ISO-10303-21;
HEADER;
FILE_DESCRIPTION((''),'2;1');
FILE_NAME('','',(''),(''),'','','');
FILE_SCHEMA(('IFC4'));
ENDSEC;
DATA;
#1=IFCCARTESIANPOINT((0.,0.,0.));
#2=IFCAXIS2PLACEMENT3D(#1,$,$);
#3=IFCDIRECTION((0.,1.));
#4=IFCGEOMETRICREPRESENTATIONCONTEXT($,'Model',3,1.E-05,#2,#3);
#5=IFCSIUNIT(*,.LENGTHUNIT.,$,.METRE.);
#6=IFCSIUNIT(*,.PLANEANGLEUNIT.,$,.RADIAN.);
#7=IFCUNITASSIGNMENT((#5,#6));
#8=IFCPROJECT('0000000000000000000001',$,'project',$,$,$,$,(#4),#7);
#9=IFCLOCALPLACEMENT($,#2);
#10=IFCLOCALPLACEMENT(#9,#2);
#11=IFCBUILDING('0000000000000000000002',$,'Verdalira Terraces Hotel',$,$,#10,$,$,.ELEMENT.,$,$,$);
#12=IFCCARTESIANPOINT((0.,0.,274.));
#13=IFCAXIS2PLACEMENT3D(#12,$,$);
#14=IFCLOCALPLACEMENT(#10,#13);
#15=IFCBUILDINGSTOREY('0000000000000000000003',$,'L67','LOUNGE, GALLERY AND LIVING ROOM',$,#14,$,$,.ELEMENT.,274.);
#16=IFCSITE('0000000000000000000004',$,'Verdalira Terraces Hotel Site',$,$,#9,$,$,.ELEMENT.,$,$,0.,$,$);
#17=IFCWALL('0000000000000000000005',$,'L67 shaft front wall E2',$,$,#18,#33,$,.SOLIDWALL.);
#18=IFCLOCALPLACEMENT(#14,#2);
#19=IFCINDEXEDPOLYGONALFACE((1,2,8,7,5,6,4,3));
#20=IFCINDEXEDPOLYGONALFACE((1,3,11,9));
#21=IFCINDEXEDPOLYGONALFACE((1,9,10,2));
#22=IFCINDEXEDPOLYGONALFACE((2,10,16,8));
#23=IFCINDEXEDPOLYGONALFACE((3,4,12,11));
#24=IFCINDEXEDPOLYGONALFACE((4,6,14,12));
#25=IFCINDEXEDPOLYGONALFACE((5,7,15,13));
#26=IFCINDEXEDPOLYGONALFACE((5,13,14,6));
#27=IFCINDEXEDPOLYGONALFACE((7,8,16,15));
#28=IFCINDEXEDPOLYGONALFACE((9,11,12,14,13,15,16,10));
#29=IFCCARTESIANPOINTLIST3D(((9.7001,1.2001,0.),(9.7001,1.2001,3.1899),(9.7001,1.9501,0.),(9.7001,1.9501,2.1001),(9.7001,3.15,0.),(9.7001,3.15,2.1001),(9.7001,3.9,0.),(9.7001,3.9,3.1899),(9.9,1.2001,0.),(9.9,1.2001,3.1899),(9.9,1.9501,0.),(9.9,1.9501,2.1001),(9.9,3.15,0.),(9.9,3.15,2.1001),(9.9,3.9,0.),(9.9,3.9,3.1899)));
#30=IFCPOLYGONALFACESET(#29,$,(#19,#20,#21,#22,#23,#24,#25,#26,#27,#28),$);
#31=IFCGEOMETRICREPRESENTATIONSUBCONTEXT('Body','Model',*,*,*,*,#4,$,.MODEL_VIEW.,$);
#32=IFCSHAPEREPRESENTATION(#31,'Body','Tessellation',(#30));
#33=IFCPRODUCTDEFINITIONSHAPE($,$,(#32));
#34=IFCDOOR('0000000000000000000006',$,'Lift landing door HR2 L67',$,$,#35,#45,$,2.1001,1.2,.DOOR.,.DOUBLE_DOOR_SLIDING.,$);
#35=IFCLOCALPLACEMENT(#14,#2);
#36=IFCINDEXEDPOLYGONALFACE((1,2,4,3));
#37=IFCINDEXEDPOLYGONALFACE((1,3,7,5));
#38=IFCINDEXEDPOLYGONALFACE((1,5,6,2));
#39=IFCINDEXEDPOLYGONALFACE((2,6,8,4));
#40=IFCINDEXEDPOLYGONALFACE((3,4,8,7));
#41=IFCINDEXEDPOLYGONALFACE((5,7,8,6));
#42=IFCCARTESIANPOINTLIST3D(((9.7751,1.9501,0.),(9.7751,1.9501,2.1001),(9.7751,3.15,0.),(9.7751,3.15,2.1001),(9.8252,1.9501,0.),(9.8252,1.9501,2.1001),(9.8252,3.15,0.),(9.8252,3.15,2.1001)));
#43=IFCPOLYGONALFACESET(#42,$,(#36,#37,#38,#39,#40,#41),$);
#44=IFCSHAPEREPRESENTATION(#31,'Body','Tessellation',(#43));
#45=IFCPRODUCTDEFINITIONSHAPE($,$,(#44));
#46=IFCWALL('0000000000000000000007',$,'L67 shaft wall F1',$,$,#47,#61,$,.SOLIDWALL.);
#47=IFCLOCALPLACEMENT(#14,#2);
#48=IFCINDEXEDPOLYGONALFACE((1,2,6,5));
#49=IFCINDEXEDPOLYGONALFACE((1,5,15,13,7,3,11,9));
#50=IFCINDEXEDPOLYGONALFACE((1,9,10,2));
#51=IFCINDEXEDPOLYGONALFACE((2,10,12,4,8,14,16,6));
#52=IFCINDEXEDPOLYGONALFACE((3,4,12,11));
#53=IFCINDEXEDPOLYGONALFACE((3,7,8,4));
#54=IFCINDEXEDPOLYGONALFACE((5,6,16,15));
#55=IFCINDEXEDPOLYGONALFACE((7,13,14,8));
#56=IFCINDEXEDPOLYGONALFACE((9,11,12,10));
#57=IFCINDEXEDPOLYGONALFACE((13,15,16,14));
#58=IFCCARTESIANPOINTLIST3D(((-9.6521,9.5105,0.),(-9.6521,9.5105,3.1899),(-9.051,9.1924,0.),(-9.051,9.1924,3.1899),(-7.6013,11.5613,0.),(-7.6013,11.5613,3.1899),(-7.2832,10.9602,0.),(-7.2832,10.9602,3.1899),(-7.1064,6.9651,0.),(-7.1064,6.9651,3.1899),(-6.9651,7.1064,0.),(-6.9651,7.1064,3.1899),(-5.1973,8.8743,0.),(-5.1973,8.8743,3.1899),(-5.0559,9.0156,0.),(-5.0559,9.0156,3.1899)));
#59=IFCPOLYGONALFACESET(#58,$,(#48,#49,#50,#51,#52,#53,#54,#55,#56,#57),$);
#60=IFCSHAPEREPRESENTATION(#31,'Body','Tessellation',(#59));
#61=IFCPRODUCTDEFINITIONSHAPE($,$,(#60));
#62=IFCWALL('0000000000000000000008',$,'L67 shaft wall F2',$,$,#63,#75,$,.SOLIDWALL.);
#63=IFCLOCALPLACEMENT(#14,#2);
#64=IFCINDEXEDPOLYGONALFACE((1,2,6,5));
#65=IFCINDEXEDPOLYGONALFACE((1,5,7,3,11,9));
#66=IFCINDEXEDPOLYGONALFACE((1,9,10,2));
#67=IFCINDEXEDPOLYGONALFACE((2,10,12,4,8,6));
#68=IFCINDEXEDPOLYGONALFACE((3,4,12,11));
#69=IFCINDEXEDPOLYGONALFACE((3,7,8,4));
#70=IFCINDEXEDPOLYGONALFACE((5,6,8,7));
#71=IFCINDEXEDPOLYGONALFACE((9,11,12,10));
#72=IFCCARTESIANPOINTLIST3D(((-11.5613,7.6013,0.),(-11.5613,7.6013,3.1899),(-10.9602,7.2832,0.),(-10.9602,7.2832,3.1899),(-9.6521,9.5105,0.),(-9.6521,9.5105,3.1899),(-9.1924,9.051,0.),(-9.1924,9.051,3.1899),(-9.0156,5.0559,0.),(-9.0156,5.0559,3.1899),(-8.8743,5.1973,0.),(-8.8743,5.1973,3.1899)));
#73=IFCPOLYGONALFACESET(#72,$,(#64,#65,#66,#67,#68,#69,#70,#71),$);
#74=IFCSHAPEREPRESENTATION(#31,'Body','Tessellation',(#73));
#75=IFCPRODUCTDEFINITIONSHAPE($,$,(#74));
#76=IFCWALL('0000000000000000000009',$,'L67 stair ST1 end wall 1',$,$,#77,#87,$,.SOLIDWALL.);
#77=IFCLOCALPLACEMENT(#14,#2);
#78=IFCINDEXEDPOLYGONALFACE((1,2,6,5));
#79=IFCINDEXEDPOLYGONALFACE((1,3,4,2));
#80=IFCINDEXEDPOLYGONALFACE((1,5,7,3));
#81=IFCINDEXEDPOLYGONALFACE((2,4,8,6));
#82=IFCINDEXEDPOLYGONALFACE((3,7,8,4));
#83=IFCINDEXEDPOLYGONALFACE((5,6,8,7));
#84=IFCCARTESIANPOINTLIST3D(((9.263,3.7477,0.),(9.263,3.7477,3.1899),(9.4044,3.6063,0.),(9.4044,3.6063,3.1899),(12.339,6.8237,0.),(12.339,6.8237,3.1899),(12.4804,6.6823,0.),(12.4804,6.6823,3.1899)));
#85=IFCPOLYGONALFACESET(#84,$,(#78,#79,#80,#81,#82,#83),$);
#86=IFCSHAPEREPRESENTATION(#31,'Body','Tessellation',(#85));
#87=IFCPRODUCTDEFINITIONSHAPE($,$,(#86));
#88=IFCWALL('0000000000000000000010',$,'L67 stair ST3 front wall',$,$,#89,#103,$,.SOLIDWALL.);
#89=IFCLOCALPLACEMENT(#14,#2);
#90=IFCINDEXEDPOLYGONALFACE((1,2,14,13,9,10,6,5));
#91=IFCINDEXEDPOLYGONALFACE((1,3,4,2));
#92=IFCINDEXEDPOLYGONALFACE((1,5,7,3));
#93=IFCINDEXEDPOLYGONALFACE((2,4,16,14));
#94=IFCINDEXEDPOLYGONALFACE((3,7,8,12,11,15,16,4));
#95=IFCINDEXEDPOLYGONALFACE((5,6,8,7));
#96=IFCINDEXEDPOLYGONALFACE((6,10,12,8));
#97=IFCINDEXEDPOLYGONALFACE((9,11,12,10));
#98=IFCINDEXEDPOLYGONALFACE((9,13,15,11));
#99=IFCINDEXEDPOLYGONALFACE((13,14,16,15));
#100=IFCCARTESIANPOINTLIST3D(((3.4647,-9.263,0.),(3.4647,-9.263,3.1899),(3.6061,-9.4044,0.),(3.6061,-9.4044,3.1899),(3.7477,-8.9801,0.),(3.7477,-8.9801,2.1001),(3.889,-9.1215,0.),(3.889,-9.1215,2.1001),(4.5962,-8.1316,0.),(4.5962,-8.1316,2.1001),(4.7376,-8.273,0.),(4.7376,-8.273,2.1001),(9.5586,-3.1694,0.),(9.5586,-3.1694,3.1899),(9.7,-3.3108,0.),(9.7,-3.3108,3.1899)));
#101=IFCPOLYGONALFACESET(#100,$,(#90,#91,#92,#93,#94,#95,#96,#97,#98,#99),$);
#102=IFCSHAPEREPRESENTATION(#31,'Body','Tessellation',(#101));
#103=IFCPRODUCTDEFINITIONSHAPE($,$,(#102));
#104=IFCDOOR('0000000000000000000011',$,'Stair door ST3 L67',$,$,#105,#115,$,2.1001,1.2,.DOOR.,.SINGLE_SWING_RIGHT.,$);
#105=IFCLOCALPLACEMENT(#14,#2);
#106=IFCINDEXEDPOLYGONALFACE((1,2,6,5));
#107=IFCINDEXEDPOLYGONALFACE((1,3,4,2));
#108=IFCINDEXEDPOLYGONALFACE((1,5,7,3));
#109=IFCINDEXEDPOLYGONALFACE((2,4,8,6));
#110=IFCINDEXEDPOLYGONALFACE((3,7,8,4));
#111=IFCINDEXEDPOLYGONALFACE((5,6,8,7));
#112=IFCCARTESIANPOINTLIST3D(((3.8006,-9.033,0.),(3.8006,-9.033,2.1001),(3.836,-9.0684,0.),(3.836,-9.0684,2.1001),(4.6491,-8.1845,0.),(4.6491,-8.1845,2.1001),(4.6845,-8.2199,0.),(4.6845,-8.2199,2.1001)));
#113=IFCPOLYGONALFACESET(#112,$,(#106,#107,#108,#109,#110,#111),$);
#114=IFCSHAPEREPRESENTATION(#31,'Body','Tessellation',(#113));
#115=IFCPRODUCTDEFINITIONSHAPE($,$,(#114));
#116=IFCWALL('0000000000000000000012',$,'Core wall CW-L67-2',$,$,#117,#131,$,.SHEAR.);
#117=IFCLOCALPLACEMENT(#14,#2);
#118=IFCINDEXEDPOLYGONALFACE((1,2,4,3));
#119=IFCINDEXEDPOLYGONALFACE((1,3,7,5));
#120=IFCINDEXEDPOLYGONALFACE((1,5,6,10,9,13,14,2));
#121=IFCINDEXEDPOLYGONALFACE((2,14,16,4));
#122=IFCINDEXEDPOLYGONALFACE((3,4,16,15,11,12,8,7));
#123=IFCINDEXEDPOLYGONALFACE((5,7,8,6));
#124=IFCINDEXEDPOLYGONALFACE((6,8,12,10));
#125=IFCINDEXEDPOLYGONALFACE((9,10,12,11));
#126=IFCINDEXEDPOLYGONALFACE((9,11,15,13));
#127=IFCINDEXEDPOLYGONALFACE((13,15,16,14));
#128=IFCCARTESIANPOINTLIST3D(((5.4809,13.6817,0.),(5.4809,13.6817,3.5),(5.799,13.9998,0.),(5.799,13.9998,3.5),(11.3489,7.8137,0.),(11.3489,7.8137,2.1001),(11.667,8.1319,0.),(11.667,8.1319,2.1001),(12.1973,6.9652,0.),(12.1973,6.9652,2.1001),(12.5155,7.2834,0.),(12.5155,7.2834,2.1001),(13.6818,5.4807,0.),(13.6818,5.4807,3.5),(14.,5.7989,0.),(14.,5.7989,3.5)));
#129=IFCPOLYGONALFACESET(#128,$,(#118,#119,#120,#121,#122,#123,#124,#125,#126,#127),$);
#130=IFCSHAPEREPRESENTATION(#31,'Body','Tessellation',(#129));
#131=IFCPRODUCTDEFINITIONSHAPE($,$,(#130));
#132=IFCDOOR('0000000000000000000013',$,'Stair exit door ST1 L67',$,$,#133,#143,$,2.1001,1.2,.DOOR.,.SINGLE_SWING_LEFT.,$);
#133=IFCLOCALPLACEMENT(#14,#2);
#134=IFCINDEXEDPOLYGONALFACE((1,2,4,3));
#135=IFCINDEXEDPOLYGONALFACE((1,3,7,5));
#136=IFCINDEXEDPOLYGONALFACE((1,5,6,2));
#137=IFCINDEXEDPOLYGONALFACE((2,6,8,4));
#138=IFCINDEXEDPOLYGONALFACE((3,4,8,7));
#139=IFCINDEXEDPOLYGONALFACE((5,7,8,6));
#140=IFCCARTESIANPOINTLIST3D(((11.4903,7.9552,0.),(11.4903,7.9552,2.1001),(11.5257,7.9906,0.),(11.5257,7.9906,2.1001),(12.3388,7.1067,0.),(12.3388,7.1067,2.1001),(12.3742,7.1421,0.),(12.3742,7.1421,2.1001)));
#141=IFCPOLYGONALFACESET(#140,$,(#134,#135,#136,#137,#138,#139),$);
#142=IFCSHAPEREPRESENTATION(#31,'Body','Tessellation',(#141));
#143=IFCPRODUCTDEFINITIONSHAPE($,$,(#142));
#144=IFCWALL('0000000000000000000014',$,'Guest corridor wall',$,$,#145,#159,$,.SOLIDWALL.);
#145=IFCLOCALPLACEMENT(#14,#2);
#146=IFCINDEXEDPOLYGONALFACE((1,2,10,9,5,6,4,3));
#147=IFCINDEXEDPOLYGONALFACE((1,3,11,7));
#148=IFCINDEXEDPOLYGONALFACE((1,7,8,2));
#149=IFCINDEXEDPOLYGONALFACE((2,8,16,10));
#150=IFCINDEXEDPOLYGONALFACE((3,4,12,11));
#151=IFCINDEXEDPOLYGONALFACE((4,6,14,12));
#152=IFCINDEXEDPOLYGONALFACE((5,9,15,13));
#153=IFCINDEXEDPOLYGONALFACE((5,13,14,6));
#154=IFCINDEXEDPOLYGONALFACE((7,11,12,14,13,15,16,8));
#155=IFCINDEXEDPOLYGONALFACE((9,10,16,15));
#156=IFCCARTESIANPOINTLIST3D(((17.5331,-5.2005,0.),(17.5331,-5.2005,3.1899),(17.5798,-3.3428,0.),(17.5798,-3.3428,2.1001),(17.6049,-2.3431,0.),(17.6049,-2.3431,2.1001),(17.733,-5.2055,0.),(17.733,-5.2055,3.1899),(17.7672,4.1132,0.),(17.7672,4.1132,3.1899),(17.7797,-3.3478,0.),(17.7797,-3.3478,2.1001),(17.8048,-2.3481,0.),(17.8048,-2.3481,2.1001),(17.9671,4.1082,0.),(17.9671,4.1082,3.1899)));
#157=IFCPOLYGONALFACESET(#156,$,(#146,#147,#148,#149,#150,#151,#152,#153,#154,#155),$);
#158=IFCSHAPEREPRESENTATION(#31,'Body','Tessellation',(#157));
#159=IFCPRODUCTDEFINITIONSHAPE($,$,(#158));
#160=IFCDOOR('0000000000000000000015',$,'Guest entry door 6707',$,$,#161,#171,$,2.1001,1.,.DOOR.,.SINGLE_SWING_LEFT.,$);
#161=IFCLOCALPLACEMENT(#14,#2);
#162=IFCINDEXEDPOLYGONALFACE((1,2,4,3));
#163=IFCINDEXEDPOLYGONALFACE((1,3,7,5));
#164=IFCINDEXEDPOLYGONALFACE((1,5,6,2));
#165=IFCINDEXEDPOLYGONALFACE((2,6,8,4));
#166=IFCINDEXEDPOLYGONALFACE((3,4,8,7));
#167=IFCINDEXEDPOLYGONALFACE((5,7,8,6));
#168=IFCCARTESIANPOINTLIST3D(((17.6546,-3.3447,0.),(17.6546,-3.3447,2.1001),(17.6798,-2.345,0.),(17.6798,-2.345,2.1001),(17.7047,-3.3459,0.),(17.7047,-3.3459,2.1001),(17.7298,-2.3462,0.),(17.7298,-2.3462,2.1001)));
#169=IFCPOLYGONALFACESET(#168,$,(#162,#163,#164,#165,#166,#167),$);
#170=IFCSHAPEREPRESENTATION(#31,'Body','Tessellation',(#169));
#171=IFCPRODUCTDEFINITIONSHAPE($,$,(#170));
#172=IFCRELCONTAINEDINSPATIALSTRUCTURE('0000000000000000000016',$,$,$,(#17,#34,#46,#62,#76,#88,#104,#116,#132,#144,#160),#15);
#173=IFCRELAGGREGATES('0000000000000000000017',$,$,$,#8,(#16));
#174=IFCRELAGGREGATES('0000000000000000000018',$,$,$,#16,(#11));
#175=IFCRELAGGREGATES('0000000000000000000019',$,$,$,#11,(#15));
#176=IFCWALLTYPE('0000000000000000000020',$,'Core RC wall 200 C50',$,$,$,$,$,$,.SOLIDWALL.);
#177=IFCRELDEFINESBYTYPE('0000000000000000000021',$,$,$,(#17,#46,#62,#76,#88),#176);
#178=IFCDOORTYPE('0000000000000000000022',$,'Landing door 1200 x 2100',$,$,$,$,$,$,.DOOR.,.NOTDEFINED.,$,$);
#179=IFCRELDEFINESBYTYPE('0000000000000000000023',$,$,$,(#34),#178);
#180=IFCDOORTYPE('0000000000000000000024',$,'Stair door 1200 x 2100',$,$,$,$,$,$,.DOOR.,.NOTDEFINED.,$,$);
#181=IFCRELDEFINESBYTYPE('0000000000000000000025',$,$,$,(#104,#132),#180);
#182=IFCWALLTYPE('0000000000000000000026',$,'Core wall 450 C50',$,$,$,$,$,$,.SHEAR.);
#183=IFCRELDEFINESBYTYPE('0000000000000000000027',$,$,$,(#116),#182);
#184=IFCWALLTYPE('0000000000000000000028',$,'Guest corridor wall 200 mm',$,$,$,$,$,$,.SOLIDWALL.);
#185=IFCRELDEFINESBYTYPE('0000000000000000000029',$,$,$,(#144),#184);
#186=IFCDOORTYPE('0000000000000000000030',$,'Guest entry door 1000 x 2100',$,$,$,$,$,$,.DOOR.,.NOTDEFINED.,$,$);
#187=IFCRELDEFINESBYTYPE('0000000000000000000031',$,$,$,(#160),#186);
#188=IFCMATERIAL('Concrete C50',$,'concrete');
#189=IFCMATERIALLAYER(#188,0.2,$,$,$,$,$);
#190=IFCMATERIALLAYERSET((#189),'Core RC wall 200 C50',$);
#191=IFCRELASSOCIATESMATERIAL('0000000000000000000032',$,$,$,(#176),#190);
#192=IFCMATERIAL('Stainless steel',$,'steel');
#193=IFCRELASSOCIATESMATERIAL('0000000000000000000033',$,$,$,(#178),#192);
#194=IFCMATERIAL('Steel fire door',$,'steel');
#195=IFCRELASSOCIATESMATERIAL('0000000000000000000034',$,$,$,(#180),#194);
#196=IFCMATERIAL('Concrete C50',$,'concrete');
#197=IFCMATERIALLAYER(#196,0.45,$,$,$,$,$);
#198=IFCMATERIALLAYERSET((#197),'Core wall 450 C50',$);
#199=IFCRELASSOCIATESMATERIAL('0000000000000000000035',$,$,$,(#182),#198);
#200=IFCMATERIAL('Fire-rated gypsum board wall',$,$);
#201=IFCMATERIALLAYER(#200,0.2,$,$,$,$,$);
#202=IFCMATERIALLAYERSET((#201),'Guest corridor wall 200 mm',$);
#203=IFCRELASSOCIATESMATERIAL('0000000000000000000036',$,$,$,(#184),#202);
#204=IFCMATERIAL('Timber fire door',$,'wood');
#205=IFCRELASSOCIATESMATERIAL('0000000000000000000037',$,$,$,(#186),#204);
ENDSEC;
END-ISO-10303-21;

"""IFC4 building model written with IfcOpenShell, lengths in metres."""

from ifc_helpers import new_model, si_unit, direction, frame, frame_2d, origin, place, context, subcontext, project, spatial, polyline, rectangle, outline, extrude, material, layer, layer_set, type_object, element, fill, save


model = new_model("IFC4")

# Units and contexts
model_context = context("Model", 3, precision=1e-05, world=origin(), true_north=direction((0.0, 1.0)))
body_context = subcontext(model_context, "Body", "Model", "MODEL_VIEW")
ifc_project = project(units=[si_unit("LENGTHUNIT", "METRE"), si_unit("PLANEANGLEUNIT", "RADIAN")], contexts=[model_context])

# Site, building, storey
site_placement = place(None, origin())
site = spatial("IfcSite", under=ifc_project, at=site_placement, Name="Verdalira Terraces Hotel Site", CompositionType="ELEMENT", RefElevation=0.0)
building_placement = place(site_placement, origin())
building = spatial("IfcBuilding", under=site, at=building_placement, Name="Verdalira Terraces Hotel", CompositionType="ELEMENT")
storey_placement = place(building_placement, frame((0.0, 0.0, 274.0)))
storey = spatial("IfcBuildingStorey", under=building, at=storey_placement, Name="L67", Description="LOUNGE, GALLERY AND LIVING ROOM", CompositionType="ELEMENT", Elevation=274.0)

# Wall, opening, door
ifc_material_1 = material(Name="Concrete C50", Category="concrete")
ifc_layer_1 = layer(ifc_material_1, 0.2)
ifc_layer_set_1 = layer_set([ifc_layer_1], Name="Core RC wall 200 C50")
wall_type_1 = type_object("IfcWallType", Name="Core RC wall 200 C50", PredefinedType="SOLIDWALL", material=ifc_layer_set_1)
ifc_material_2 = material(Name="Stainless steel", Category="steel")
door_type_1 = type_object("IfcDoorType", Name="Landing door 1200 x 2100", OperationType="NOTDEFINED", PredefinedType="DOOR", material=ifc_material_2)
wall_1_placement = place(storey_placement, frame((9.8, 1.2, 0.0), z_axis=(0.0, 0.0, 1.0), x_axis=(0.0, 1.0, 0.0)))
wall_1 = element("IfcWall", 1, at=wall_1_placement, inside=storey, type_object=wall_type_1, Name="L67 shaft front wall E2", PredefinedType="SOLIDWALL", context=body_context, shape_type="SweptSolid", body=[
    extrude(rectangle(XDim=2.7, YDim=0.2, at=frame_2d((1.3501, 0.0))), origin(), (0.0, 0.0, 1.0), 3.1899),
])
opening_1_placement = place(wall_1_placement, frame((0.75, 0.0, 0.0)))
opening_1 = element("IfcOpeningElement", 2, at=opening_1_placement, cuts=wall_1, PredefinedType="OPENING", context=body_context, shape_type="SweptSolid", body=[
    extrude(rectangle(XDim=1.2, YDim=2.1001, at=frame_2d((0.6001, 1.05))), frame((0.0, 0.1099, 0.0), z_axis=(0.0, -1.0, 0.0), x_axis=(1.0, 0.0, 0.0)), (0.0, 0.0, 1.0), 0.22),
])
door_1_placement = place(opening_1_placement, origin())
door_1 = element("IfcDoor", 3, at=door_1_placement, inside=storey, type_object=door_type_1, Name="Lift landing door HR2 L67", OperationType="DOUBLE_DOOR_SLIDING", OverallHeight=2.1001, OverallWidth=1.2, PredefinedType="DOOR", context=body_context, shape_type="SweptSolid", body=[
    extrude(rectangle(XDim=1.2, YDim=2.1001, at=frame_2d((0.6001, 1.05))), frame((0.0, 0.0249, 0.0), z_axis=(0.0, -1.0, 0.0), x_axis=(1.0, 0.0, 0.0)), (0.0, 0.0, 1.0), 0.05),
])
fill(opening_1, door_1)

# Walls
wall_2_placement = place(storey_placement, origin())
element("IfcWall", 4, at=wall_2_placement, inside=storey, type_object=wall_type_1, Name="L67 shaft wall F1", PredefinedType="SOLIDWALL", context=body_context, shape_type="SweptSolid", body=[
    extrude(outline(polyline([(-9.6521, 9.5105), (-7.6013, 11.5613), (-5.0559, 9.0156), (-5.1973, 8.8743), (-7.2832, 10.9602), (-9.051, 9.1924), (-6.9651, 7.1064), (-7.1064, 6.9651), (-9.6521, 9.5105)])), origin(), (0.0, 0.0, 1.0), 3.1899),
])
wall_3_placement = place(storey_placement, origin())
element("IfcWall", 5, at=wall_3_placement, inside=storey, type_object=wall_type_1, Name="L67 shaft wall F2", PredefinedType="SOLIDWALL", context=body_context, shape_type="SweptSolid", body=[
    extrude(outline(polyline([(-11.5613, 7.6013), (-9.6521, 9.5105), (-9.1924, 9.051), (-10.9602, 7.2832), (-8.8743, 5.1973), (-9.0156, 5.0559), (-11.5613, 7.6013)])), origin(), (0.0, 0.0, 1.0), 3.1899),
])
wall_4_placement = place(storey_placement, frame((9.3337, 3.677, 0.0), z_axis=(0.0, 0.0, 1.0), x_axis=(0.707107, 0.707107, 0.0)))
element("IfcWall", 6, at=wall_4_placement, inside=storey, type_object=wall_type_1, Name="L67 stair ST1 end wall 1", PredefinedType="SOLIDWALL", context=body_context, shape_type="SweptSolid", body=[
    extrude(rectangle(XDim=4.3501, YDim=0.2, at=frame_2d((2.175, 0.0))), origin(), (0.0, 0.0, 1.0), 3.1899),
])

# Walls, openings, doors
wall_5_placement = place(storey_placement, frame((9.6294, -3.24, 0.0), z_axis=(0.0, 0.0, 1.0), x_axis=(-0.707121, -0.707093, 0.0)))
wall_5 = element("IfcWall", 7, at=wall_5_placement, inside=storey, type_object=wall_type_1, Name="L67 stair ST3 front wall", PredefinedType="SOLIDWALL", context=body_context, shape_type="SweptSolid", body=[
    extrude(rectangle(XDim=8.6179, YDim=0.2, at=frame_2d((4.3091, 0.0))), origin(), (0.0, 0.0, 1.0), 3.1899),
])
opening_2_placement = place(wall_5_placement, frame((7.0178, 0.0, 0.0)))
opening_2 = element("IfcOpeningElement", 8, at=opening_2_placement, cuts=wall_5, PredefinedType="OPENING", context=body_context, shape_type="SweptSolid", body=[
    extrude(rectangle(XDim=1.2, YDim=2.1001, at=frame_2d((0.6001, 1.05))), frame((0.0, 0.1099, 0.0), z_axis=(0.0, -1.0, 0.0), x_axis=(1.0, 0.0, 0.0)), (0.0, 0.0, 1.0), 0.22),
])
ifc_material_3 = material(Name="Steel fire door", Category="steel")
door_type_2 = type_object("IfcDoorType", Name="Stair door 1200 x 2100", OperationType="NOTDEFINED", PredefinedType="DOOR", material=ifc_material_3)
door_2_placement = place(opening_2_placement, origin())
door_2 = element("IfcDoor", 9, at=door_2_placement, inside=storey, type_object=door_type_2, Name="Stair door ST3 L67", OperationType="SINGLE_SWING_RIGHT", OverallHeight=2.1001, OverallWidth=1.2, PredefinedType="DOOR", context=body_context, shape_type="SweptSolid", body=[
    extrude(rectangle(XDim=1.2, YDim=2.1001, at=frame_2d((0.6001, 1.05))), frame((0.0, 0.0249, 0.0), z_axis=(0.0, -1.0, 0.0), x_axis=(1.0, 0.0, 0.0)), (0.0, 0.0, 1.0), 0.05),
])
fill(opening_2, door_2)
ifc_material_4 = material(Name="Concrete C50", Category="concrete")
ifc_layer_2 = layer(ifc_material_4, 0.45)
ifc_layer_set_2 = layer_set([ifc_layer_2], Name="Core wall 450 C50")
wall_type_2 = type_object("IfcWallType", Name="Core wall 450 C50", PredefinedType="SHEAR", material=ifc_layer_set_2)
wall_6_placement = place(storey_placement, frame((13.8408, 5.6399, 0.0), z_axis=(0.0, 0.0, 1.0), x_axis=(-0.707107, 0.707107, 0.0)))
wall_6 = element("IfcWall", 10, at=wall_6_placement, inside=storey, type_object=wall_type_2, Name="Core wall CW-L67-2", PredefinedType="SHEAR", context=body_context, shape_type="SweptSolid", body=[
    extrude(rectangle(XDim=11.5979, YDim=0.45, at=frame_2d((5.7988, 0.0))), origin(), (0.0, 0.0, 1.0), 3.5),
])
opening_3_placement = place(wall_6_placement, frame((2.0991, 0.0, 0.0)))
opening_3 = element("IfcOpeningElement", 11, at=opening_3_placement, cuts=wall_6, PredefinedType="OPENING", context=body_context, shape_type="SweptSolid", body=[
    extrude(rectangle(XDim=1.2, YDim=2.1001, at=frame_2d((0.6001, 1.05))), frame((0.0, 0.2349, 0.0), z_axis=(0.0, -1.0, 0.0), x_axis=(1.0, 0.0, 0.0)), (0.0, 0.0, 1.0), 0.47),
])
door_3_placement = place(opening_3_placement, origin())
door_3 = element("IfcDoor", 12, at=door_3_placement, inside=storey, type_object=door_type_2, Name="Stair exit door ST1 L67", OperationType="SINGLE_SWING_LEFT", OverallHeight=2.1001, OverallWidth=1.2, PredefinedType="DOOR", context=body_context, shape_type="SweptSolid", body=[
    extrude(rectangle(XDim=1.2, YDim=2.1001, at=frame_2d((0.6001, 1.05))), frame((0.0, 0.0249, 0.0), z_axis=(0.0, -1.0, 0.0), x_axis=(1.0, 0.0, 0.0)), (0.0, 0.0, 1.0), 0.05),
])
fill(opening_3, door_3)
ifc_material_5 = material(Name="Fire-rated gypsum board wall")
ifc_layer_3 = layer(ifc_material_5, 0.2)
ifc_layer_set_3 = layer_set([ifc_layer_3], Name="Guest corridor wall 200 mm")
wall_type_3 = type_object("IfcWallType", Name="Guest corridor wall 200 mm", PredefinedType="SOLIDWALL", material=ifc_layer_set_3)
wall_7_placement = place(storey_placement, frame((17.8672, 4.1106, 0.0), z_axis=(0.0, 0.0, 1.0), x_axis=(-0.02513, -0.999684, 0.0)))
wall_7 = element("IfcWall", 13, at=wall_7_placement, inside=storey, type_object=wall_type_3, Name="Guest corridor wall", PredefinedType="SOLIDWALL", context=body_context, shape_type="SweptSolid", body=[
    extrude(rectangle(XDim=9.3166, YDim=0.2, at=frame_2d((4.6582, 0.0))), origin(), (0.0, 0.0, 1.0), 3.1899),
])
opening_4_placement = place(wall_7_placement, frame((6.4583, 0.0, 0.0)))
opening_4 = element("IfcOpeningElement", 14, at=opening_4_placement, cuts=wall_7, PredefinedType="OPENING", context=body_context, shape_type="SweptSolid", body=[
    extrude(rectangle(XDim=1.0, YDim=2.1001, at=frame_2d((0.5, 1.05))), frame((0.0, 0.1099, 0.0), z_axis=(0.0, -1.0, 0.0), x_axis=(1.0, 0.0, 0.0)), (0.0, 0.0, 1.0), 0.22),
])
ifc_material_6 = material(Name="Timber fire door", Category="wood")
door_type_3 = type_object("IfcDoorType", Name="Guest entry door 1000 x 2100", OperationType="NOTDEFINED", PredefinedType="DOOR", material=ifc_material_6)
door_4_placement = place(opening_4_placement, origin())
door_4 = element("IfcDoor", 15, at=door_4_placement, inside=storey, type_object=door_type_3, Name="Guest entry door 6707", OperationType="SINGLE_SWING_LEFT", OverallHeight=2.1001, OverallWidth=1.0, PredefinedType="DOOR", context=body_context, shape_type="SweptSolid", body=[
    extrude(rectangle(XDim=1.0, YDim=2.1001, at=frame_2d((0.5, 1.05))), frame((0.0, 0.0249, 0.0), z_axis=(0.0, -1.0, 0.0), x_axis=(1.0, 0.0, 0.0)), (0.0, 0.0, 1.0), 0.05),
])
fill(opening_4, door_4)

save(model, "model.ifc")
